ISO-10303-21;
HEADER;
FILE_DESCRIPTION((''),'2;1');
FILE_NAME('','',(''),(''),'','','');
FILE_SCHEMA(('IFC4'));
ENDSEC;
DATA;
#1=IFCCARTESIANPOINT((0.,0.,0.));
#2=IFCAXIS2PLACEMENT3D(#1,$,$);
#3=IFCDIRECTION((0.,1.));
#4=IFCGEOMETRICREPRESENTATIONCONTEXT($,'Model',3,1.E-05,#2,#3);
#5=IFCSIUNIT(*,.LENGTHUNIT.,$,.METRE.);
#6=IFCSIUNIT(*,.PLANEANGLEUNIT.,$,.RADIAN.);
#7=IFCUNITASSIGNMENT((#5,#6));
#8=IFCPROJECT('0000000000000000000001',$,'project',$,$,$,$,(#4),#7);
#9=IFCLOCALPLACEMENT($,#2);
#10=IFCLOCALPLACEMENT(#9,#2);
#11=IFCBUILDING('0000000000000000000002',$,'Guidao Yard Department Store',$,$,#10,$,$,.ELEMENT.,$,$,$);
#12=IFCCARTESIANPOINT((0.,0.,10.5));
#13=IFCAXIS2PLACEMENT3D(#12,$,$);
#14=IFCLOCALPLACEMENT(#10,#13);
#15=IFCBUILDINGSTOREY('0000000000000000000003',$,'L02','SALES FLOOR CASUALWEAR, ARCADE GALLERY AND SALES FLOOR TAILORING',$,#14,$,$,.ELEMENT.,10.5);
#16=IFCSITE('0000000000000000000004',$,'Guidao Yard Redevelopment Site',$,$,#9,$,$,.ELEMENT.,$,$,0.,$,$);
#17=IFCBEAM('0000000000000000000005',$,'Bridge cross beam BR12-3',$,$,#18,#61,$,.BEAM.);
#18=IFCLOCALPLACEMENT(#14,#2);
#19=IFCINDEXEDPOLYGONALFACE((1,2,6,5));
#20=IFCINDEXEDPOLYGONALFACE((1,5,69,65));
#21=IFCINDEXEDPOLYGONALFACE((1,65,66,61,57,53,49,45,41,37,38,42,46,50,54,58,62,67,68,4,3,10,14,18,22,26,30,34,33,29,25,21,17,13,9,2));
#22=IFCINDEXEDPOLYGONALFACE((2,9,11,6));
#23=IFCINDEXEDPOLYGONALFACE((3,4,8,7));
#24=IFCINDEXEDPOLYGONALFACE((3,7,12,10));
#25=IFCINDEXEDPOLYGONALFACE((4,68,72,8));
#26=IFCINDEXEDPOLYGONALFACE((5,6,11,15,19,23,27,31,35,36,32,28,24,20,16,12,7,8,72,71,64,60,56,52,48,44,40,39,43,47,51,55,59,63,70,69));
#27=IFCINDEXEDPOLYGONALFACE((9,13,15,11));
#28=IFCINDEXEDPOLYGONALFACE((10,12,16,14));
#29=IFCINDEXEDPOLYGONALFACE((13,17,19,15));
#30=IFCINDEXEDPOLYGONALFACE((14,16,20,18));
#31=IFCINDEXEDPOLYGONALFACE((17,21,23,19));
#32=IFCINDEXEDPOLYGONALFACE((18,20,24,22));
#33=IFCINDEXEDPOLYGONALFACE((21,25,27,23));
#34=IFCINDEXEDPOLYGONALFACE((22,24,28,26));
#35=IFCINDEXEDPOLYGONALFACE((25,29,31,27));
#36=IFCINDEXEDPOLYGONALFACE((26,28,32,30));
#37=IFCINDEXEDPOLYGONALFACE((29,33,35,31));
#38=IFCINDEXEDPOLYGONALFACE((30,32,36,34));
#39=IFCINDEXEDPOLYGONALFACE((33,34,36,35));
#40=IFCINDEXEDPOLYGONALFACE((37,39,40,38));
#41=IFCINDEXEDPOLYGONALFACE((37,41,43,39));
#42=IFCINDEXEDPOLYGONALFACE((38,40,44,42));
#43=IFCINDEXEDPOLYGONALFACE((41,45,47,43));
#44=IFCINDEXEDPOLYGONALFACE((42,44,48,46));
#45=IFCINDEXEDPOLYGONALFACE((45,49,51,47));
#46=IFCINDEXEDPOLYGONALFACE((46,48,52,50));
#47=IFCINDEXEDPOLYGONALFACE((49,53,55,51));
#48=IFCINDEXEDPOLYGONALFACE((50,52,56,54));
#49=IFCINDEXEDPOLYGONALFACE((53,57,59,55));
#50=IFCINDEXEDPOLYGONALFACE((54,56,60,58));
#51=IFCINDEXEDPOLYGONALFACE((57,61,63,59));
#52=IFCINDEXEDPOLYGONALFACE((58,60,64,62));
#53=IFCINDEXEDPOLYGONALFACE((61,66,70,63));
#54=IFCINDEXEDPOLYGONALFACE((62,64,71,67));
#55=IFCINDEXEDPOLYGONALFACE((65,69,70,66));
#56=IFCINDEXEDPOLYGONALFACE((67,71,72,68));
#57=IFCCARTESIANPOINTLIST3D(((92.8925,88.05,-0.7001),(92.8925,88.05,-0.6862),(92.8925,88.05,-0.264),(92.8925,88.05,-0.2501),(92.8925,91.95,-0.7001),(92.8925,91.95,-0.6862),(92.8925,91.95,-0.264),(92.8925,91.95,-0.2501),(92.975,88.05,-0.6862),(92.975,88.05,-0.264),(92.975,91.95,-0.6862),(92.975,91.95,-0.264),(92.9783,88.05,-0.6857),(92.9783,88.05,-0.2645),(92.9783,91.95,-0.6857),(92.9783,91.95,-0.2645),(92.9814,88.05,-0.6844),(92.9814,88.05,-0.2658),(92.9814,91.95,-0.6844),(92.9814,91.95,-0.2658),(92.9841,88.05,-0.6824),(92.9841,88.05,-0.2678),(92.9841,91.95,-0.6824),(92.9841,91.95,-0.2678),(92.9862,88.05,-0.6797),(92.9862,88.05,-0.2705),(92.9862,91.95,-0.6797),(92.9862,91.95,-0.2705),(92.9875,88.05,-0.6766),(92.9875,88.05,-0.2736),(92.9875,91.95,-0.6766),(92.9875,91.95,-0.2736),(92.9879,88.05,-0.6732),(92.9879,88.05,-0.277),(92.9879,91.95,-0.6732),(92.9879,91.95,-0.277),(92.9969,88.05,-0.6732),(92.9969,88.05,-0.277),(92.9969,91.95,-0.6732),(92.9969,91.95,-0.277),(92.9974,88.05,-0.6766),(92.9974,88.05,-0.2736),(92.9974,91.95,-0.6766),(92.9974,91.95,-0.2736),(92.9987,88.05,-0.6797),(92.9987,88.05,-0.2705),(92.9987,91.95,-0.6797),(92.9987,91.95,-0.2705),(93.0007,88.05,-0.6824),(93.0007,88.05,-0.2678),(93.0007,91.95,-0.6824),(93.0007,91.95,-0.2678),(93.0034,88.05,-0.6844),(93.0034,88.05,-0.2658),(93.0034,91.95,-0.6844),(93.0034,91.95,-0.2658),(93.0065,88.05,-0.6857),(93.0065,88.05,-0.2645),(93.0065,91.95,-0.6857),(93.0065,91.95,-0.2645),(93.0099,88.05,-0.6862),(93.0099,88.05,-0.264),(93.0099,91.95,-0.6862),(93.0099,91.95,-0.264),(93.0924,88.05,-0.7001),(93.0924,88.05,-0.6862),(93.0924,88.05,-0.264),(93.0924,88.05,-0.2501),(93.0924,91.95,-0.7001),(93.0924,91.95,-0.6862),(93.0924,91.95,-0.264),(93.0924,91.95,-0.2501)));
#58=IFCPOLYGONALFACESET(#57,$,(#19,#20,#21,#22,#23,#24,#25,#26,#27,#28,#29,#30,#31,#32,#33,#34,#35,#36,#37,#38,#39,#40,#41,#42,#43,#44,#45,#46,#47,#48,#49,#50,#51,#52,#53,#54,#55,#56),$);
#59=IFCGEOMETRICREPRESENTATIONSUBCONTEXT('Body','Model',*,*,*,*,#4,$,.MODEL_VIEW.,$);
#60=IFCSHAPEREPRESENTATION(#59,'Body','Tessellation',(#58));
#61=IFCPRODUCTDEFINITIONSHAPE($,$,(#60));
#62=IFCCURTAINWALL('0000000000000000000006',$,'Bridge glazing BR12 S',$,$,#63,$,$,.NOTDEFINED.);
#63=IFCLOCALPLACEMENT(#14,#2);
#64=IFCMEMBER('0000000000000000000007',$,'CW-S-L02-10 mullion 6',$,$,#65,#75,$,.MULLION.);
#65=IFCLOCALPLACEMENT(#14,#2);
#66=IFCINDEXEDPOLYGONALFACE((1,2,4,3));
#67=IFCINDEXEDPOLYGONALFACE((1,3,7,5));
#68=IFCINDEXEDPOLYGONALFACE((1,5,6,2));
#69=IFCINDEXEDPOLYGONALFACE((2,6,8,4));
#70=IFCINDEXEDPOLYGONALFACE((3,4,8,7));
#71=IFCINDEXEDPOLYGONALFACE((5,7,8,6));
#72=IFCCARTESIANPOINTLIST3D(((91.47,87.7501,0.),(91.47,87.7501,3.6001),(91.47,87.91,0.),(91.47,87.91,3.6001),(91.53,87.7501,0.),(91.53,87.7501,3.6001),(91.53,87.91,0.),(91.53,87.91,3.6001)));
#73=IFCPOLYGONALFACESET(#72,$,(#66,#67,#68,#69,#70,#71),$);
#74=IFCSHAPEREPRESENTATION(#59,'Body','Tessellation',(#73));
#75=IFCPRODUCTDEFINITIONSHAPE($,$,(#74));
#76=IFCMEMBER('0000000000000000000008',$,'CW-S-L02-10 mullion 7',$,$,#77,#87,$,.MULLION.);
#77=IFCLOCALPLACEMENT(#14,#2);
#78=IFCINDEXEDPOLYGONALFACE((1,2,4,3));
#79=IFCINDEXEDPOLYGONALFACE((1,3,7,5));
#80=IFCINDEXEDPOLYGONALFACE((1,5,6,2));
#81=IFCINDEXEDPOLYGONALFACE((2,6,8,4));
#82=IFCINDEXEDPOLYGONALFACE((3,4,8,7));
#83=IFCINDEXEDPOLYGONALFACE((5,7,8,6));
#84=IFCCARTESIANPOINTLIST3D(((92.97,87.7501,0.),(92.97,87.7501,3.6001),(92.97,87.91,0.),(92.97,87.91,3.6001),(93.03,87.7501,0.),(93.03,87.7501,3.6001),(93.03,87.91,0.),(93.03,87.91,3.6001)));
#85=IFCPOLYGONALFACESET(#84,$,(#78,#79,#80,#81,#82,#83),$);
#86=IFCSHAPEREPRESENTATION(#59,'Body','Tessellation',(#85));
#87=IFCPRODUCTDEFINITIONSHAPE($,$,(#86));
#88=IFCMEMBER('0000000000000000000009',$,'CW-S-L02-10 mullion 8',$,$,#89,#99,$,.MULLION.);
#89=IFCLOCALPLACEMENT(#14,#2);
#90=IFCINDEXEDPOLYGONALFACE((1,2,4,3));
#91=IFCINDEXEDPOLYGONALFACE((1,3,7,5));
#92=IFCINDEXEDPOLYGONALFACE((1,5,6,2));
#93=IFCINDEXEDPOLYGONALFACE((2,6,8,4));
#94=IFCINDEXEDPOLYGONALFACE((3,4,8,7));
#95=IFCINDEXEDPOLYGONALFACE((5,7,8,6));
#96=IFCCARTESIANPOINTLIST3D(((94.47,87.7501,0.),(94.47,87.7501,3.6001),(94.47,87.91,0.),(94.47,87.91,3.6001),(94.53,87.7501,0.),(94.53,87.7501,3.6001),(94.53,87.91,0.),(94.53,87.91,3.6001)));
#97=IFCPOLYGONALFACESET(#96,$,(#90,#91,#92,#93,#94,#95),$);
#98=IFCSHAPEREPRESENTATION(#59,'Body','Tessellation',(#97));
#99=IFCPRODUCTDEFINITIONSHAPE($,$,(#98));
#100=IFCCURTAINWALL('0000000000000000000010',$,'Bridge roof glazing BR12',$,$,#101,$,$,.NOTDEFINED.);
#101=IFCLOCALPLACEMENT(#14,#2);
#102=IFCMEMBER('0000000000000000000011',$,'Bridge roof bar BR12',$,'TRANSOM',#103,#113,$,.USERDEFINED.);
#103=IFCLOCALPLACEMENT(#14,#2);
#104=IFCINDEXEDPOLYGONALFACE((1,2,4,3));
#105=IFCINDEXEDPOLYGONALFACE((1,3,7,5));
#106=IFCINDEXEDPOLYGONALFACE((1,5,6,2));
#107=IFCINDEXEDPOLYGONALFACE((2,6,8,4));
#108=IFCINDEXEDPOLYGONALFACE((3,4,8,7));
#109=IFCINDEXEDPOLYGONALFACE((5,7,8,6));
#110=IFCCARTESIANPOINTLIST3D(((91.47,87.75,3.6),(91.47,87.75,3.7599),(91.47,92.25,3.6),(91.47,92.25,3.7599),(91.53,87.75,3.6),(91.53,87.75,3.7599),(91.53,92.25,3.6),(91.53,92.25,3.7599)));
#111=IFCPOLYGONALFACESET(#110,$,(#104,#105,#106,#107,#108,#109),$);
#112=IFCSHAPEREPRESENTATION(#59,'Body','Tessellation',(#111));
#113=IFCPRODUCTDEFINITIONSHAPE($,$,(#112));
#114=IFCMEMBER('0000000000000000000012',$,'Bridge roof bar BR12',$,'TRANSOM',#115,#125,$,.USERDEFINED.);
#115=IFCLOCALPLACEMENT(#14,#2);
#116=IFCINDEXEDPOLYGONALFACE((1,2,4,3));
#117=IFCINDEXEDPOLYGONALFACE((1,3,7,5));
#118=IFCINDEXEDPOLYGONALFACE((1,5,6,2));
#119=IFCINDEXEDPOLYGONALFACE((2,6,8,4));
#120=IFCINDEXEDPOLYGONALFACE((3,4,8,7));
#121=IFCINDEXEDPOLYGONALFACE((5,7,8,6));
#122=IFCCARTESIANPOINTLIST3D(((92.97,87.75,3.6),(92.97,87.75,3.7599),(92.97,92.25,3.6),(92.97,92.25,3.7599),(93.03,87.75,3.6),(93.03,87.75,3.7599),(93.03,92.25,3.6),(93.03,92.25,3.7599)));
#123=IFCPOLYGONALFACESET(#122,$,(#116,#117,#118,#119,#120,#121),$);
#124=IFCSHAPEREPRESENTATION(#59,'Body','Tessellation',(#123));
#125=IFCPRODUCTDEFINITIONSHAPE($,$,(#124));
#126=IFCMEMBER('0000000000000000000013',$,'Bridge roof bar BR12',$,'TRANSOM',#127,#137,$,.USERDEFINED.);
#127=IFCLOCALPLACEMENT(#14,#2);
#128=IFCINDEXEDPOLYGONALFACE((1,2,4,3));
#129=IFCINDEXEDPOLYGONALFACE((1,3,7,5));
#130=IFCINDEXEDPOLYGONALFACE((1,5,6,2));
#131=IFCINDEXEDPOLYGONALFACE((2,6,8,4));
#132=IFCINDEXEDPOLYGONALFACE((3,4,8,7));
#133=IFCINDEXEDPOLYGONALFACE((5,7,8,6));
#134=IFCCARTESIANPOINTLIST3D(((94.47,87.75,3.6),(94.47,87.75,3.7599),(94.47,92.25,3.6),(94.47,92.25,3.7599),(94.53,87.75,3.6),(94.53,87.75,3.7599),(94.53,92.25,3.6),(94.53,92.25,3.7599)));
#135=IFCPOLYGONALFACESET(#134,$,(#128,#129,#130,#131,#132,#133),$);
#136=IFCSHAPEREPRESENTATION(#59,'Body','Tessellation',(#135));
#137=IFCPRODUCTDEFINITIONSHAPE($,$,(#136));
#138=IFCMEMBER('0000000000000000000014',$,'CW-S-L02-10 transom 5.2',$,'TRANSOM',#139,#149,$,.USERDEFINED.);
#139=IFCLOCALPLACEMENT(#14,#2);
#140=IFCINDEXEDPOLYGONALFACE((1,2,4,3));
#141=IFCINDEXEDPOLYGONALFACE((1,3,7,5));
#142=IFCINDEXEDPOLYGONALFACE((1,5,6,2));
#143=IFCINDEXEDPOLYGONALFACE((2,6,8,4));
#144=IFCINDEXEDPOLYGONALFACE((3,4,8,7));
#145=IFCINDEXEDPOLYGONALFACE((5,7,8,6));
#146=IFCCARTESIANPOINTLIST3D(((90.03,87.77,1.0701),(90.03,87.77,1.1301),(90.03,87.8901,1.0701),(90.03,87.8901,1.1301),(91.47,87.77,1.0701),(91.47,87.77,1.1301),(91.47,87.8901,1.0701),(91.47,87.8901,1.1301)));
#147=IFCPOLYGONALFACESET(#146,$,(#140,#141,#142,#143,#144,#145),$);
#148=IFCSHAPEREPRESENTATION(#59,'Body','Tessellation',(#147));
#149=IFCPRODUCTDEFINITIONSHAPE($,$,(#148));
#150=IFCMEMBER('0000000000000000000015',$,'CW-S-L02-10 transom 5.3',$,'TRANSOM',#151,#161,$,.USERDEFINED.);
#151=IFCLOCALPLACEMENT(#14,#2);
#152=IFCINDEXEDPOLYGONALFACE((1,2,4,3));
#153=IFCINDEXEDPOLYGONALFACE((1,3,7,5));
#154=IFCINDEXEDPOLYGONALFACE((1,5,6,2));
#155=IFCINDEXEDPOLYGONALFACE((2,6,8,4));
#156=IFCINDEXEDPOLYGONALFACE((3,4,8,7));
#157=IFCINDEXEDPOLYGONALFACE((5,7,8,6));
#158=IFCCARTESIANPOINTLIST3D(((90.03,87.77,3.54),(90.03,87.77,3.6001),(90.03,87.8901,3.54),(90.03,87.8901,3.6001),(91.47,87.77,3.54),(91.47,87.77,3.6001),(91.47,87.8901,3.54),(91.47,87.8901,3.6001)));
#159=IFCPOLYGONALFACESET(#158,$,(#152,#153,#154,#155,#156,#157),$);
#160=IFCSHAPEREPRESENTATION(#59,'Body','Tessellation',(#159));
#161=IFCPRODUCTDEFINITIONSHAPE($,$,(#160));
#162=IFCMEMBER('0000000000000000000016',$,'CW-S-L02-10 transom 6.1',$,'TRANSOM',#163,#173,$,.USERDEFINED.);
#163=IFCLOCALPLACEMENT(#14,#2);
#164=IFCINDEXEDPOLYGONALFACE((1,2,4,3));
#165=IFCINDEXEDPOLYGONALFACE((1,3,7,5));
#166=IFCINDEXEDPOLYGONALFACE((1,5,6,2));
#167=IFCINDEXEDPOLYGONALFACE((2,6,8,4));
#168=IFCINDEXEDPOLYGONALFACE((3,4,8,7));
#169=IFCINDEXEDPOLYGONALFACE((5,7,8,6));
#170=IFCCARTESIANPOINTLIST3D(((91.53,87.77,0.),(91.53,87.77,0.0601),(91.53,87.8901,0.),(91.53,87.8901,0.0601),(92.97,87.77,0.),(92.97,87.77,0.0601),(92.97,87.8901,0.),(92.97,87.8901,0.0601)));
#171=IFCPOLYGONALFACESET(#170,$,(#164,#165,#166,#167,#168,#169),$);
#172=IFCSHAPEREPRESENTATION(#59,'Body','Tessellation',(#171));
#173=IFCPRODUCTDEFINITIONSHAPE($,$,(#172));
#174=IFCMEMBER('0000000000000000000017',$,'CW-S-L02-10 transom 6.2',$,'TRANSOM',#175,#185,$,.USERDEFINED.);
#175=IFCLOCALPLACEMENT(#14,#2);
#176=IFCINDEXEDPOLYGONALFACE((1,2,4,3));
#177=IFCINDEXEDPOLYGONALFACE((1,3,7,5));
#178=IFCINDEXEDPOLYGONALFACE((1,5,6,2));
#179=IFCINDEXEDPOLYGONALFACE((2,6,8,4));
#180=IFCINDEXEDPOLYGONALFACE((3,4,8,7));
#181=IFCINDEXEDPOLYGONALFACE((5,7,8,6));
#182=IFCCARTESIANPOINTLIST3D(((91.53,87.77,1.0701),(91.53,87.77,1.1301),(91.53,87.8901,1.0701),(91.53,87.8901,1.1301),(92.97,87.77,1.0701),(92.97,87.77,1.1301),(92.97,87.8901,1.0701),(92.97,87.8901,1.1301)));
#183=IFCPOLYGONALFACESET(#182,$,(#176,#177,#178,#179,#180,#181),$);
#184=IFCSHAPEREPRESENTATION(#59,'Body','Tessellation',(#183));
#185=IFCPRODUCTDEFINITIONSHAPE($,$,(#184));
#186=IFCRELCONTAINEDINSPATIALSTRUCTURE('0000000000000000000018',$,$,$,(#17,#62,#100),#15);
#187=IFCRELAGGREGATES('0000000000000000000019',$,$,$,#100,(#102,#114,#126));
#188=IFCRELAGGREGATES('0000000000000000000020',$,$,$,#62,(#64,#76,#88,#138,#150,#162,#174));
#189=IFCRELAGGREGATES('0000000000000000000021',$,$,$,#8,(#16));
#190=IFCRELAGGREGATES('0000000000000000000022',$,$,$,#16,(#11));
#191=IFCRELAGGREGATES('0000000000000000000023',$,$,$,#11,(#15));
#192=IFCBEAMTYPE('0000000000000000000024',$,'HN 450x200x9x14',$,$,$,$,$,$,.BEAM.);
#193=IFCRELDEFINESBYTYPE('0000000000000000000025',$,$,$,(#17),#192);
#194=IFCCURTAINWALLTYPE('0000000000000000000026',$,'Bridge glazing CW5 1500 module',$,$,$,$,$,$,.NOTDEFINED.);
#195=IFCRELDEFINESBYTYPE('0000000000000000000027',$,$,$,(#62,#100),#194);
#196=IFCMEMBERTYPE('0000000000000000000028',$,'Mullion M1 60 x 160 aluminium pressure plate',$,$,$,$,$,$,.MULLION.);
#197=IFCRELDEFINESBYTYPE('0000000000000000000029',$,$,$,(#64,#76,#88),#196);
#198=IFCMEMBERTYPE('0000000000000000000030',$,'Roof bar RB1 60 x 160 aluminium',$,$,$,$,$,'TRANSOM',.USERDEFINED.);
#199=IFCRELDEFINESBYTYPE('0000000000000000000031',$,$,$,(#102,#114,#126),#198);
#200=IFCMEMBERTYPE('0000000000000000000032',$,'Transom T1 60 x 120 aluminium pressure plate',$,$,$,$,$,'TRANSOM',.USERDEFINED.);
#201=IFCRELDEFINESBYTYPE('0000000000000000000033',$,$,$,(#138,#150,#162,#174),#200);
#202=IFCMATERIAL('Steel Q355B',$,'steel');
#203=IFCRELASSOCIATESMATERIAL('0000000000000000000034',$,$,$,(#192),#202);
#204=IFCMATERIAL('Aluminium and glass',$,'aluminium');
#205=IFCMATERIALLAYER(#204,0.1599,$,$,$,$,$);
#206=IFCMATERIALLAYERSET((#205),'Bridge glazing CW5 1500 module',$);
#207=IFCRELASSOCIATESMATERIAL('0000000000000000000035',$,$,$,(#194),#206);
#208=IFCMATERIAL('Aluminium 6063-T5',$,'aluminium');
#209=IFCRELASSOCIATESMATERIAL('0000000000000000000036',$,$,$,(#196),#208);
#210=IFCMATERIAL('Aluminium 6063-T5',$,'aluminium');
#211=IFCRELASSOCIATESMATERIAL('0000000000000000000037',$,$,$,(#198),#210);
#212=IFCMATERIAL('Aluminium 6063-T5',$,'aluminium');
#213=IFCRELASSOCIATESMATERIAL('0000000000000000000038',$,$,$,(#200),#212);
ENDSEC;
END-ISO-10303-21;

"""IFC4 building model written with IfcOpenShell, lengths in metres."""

from ifc_helpers import new_model, si_unit, direction, frame, origin, origin_2d, place, context, subcontext, project, spatial, rectangle, i_section, extrude, material, layer, layer_set, material_profile, profile_set, type_object, element, aggregate, save


model = new_model("IFC4")

# Units and contexts
model_context = context("Model", 3, precision=1e-05, world=origin(), true_north=direction((0.0, 1.0)))
body_context = subcontext(model_context, "Body", "Model", "MODEL_VIEW")
ifc_project = project(units=[si_unit("LENGTHUNIT", "METRE"), si_unit("PLANEANGLEUNIT", "RADIAN")], contexts=[model_context])

# Site, building, storey
site_placement = place(None, origin())
site = spatial("IfcSite", under=ifc_project, at=site_placement, Name="Guidao Yard Redevelopment Site", CompositionType="ELEMENT", RefElevation=0.0)
building_placement = place(site_placement, origin())
building = spatial("IfcBuilding", under=site, at=building_placement, Name="Guidao Yard Department Store", CompositionType="ELEMENT")
storey_placement = place(building_placement, frame((0.0, 0.0, 10.5)))
storey = spatial("IfcBuildingStorey", under=building, at=storey_placement, Name="L02", Description="SALES FLOOR CASUALWEAR, ARCADE GALLERY AND SALES FLOOR TAILORING", CompositionType="ELEMENT", Elevation=10.5)

# Beam
ifc_material_1 = material(Name="Steel Q355B", Category="steel")
ifc_material_profile_1 = material_profile(ifc_material_1, i_section(OverallWidth=0.2, OverallDepth=0.45, WebThickness=0.009, FlangeThickness=0.0139, FilletRadius=0.0129, at=origin_2d()), Name="HN 450x200x9x14")
ifc_profile_set_1 = profile_set([ifc_material_profile_1], Name="Steel Q355B")
beam_type = type_object("IfcBeamType", Name="HN 450x200x9x14", PredefinedType="BEAM", material=ifc_profile_set_1)
beam_placement = place(storey_placement, frame((92.9924, 88.05, -0.4751), z_axis=(0.0, 1.0, 0.0), x_axis=(-1.0, 0.0, 0.0)))
element("IfcBeam", 1, at=beam_placement, inside=storey, type_object=beam_type, Name="Bridge cross beam BR12-3", PredefinedType="BEAM", context=body_context, shape_type="SweptSolid", body=[
    extrude(i_section(OverallWidth=0.2, OverallDepth=0.45, WebThickness=0.009, FlangeThickness=0.0139, FilletRadius=0.0129, at=origin_2d()), origin(), (0.0, 0.0, 1.0), 3.8999),
])

# Curtain walls, members
ifc_material_2 = material(Name="Aluminium and glass", Category="aluminium")
ifc_layer_1 = layer(ifc_material_2, 0.1599)
ifc_layer_set_1 = layer_set([ifc_layer_1], Name="Bridge glazing CW5 1500 module")
curtain_wall_type = type_object("IfcCurtainWallType", Name="Bridge glazing CW5 1500 module", PredefinedType="NOTDEFINED", material=ifc_layer_set_1)
curtain_wall_1_placement = place(storey_placement, origin())
curtain_wall_1 = element("IfcCurtainWall", 2, at=curtain_wall_1_placement, inside=storey, type_object=curtain_wall_type, Name="Bridge glazing BR12 S", PredefinedType="NOTDEFINED")
ifc_material_3 = material(Name="Aluminium 6063-T5", Category="aluminium")
ifc_material_profile_2 = material_profile(ifc_material_3, rectangle(XDim=0.0601, YDim=0.1599, at=origin_2d()), Name="Mullion M1 60 x 160 aluminium pressure plate")
ifc_profile_set_2 = profile_set([ifc_material_profile_2], Name="Aluminium 6063-T5")
member_type_1 = type_object("IfcMemberType", Name="Mullion M1 60 x 160 aluminium pressure plate", PredefinedType="MULLION", material=ifc_profile_set_2)
member_1_placement = place(storey_placement, frame((91.5, 87.8301, 0.0), z_axis=(0.0, 0.0, 1.0), x_axis=(-1.0, 0.0, 0.0)))
member_1 = element("IfcMember", 3, at=member_1_placement, type_object=member_type_1, Name="CW-S-L02-10 mullion 6", PredefinedType="MULLION", context=body_context, shape_type="SweptSolid", body=[
    extrude(rectangle(XDim=0.0601, YDim=0.1599, at=origin_2d()), origin(), (0.0, 0.0, 1.0), 3.6001),
])
member_2_placement = place(storey_placement, frame((93.0, 87.8301, 0.0), z_axis=(0.0, 0.0, 1.0), x_axis=(-1.0, 0.0, 0.0)))
member_2 = element("IfcMember", 4, at=member_2_placement, type_object=member_type_1, Name="CW-S-L02-10 mullion 7", PredefinedType="MULLION", context=body_context, shape_type="SweptSolid", body=[
    extrude(rectangle(XDim=0.0601, YDim=0.1599, at=origin_2d()), origin(), (0.0, 0.0, 1.0), 3.6001),
])
member_3_placement = place(storey_placement, frame((94.5, 87.8301, 0.0), z_axis=(0.0, 0.0, 1.0), x_axis=(-1.0, 0.0, 0.0)))
member_3 = element("IfcMember", 5, at=member_3_placement, type_object=member_type_1, Name="CW-S-L02-10 mullion 8", PredefinedType="MULLION", context=body_context, shape_type="SweptSolid", body=[
    extrude(rectangle(XDim=0.0601, YDim=0.1599, at=origin_2d()), origin(), (0.0, 0.0, 1.0), 3.6001),
])
curtain_wall_2_placement = place(storey_placement, origin())
curtain_wall_2 = element("IfcCurtainWall", 6, at=curtain_wall_2_placement, inside=storey, type_object=curtain_wall_type, Name="Bridge roof glazing BR12", PredefinedType="NOTDEFINED")
ifc_material_4 = material(Name="Aluminium 6063-T5", Category="aluminium")
ifc_material_profile_3 = material_profile(ifc_material_4, rectangle(XDim=0.0601, YDim=0.1599, at=origin_2d()), Name="Roof bar RB1 60 x 160 aluminium")
ifc_profile_set_3 = profile_set([ifc_material_profile_3], Name="Aluminium 6063-T5")
member_type_2 = type_object("IfcMemberType", Name="Roof bar RB1 60 x 160 aluminium", ElementType="TRANSOM", PredefinedType="USERDEFINED", material=ifc_profile_set_3)
member_4_placement = place(storey_placement, frame((91.5, 87.75, 3.6799), z_axis=(0.0, 1.0, 0.0), x_axis=(-1.0, 0.0, 0.0)))
member_4 = element("IfcMember", 7, at=member_4_placement, type_object=member_type_2, Name="Bridge roof bar BR12", ObjectType="TRANSOM", PredefinedType="USERDEFINED", context=body_context, shape_type="SweptSolid", body=[
    extrude(rectangle(XDim=0.0601, YDim=0.1599, at=origin_2d()), origin(), (0.0, 0.0, 1.0), 4.5),
])
member_5_placement = place(storey_placement, frame((93.0, 87.75, 3.6799), z_axis=(0.0, 1.0, 0.0), x_axis=(-1.0, 0.0, 0.0)))
member_5 = element("IfcMember", 8, at=member_5_placement, type_object=member_type_2, Name="Bridge roof bar BR12", ObjectType="TRANSOM", PredefinedType="USERDEFINED", context=body_context, shape_type="SweptSolid", body=[
    extrude(rectangle(XDim=0.0601, YDim=0.1599, at=origin_2d()), origin(), (0.0, 0.0, 1.0), 4.5),
])
member_6_placement = place(storey_placement, frame((94.5, 87.75, 3.6799), z_axis=(0.0, 1.0, 0.0), x_axis=(-1.0, 0.0, 0.0)))
member_6 = element("IfcMember", 9, at=member_6_placement, type_object=member_type_2, Name="Bridge roof bar BR12", ObjectType="TRANSOM", PredefinedType="USERDEFINED", context=body_context, shape_type="SweptSolid", body=[
    extrude(rectangle(XDim=0.0601, YDim=0.1599, at=origin_2d()), origin(), (0.0, 0.0, 1.0), 4.5),
])

# Members
ifc_material_5 = material(Name="Aluminium 6063-T5", Category="aluminium")
ifc_material_profile_4 = material_profile(ifc_material_5, rectangle(XDim=0.1201, YDim=0.0601, at=origin_2d()), Name="Transom T1 60 x 120 aluminium pressure plate")
ifc_profile_set_4 = profile_set([ifc_material_profile_4], Name="Aluminium 6063-T5")
member_type_3 = type_object("IfcMemberType", Name="Transom T1 60 x 120 aluminium pressure plate", ElementType="TRANSOM", PredefinedType="USERDEFINED", material=ifc_profile_set_4)
member_7_placement = place(storey_placement, frame((91.47, 87.8301, 1.1001), z_axis=(-1.0, 0.0, 0.0), x_axis=(0.0, -1.0, 0.0)))
member_7 = element("IfcMember", 10, at=member_7_placement, type_object=member_type_3, Name="CW-S-L02-10 transom 5.2", ObjectType="TRANSOM", PredefinedType="USERDEFINED", context=body_context, shape_type="SweptSolid", body=[
    extrude(rectangle(XDim=0.1201, YDim=0.0601, at=origin_2d()), origin(), (0.0, 0.0, 1.0), 1.4399),
])
member_8_placement = place(storey_placement, frame((91.47, 87.8301, 3.5701), z_axis=(-1.0, 0.0, 0.0), x_axis=(0.0, -1.0, 0.0)))
member_8 = element("IfcMember", 11, at=member_8_placement, type_object=member_type_3, Name="CW-S-L02-10 transom 5.3", ObjectType="TRANSOM", PredefinedType="USERDEFINED", context=body_context, shape_type="SweptSolid", body=[
    extrude(rectangle(XDim=0.1201, YDim=0.0601, at=origin_2d()), origin(), (0.0, 0.0, 1.0), 1.4399),
])
member_9_placement = place(storey_placement, frame((92.97, 87.8301, 0.03), z_axis=(-1.0, 0.0, 0.0), x_axis=(0.0, -1.0, 0.0)))
member_9 = element("IfcMember", 12, at=member_9_placement, type_object=member_type_3, Name="CW-S-L02-10 transom 6.1", ObjectType="TRANSOM", PredefinedType="USERDEFINED", context=body_context, shape_type="SweptSolid", body=[
    extrude(rectangle(XDim=0.1201, YDim=0.0601, at=origin_2d()), origin(), (0.0, 0.0, 1.0), 1.4399),
])
member_10_placement = place(storey_placement, frame((92.97, 87.8301, 1.1001), z_axis=(-1.0, 0.0, 0.0), x_axis=(0.0, -1.0, 0.0)))
member_10 = element("IfcMember", 13, at=member_10_placement, type_object=member_type_3, Name="CW-S-L02-10 transom 6.2", ObjectType="TRANSOM", PredefinedType="USERDEFINED", context=body_context, shape_type="SweptSolid", body=[
    extrude(rectangle(XDim=0.1201, YDim=0.0601, at=origin_2d()), origin(), (0.0, 0.0, 1.0), 1.4399),
])

aggregate(curtain_wall_2, [member_4, member_5, member_6])
aggregate(curtain_wall_1, [member_1, member_2, member_3, member_7, member_8, member_9, member_10])

save(model, "model.ifc")
